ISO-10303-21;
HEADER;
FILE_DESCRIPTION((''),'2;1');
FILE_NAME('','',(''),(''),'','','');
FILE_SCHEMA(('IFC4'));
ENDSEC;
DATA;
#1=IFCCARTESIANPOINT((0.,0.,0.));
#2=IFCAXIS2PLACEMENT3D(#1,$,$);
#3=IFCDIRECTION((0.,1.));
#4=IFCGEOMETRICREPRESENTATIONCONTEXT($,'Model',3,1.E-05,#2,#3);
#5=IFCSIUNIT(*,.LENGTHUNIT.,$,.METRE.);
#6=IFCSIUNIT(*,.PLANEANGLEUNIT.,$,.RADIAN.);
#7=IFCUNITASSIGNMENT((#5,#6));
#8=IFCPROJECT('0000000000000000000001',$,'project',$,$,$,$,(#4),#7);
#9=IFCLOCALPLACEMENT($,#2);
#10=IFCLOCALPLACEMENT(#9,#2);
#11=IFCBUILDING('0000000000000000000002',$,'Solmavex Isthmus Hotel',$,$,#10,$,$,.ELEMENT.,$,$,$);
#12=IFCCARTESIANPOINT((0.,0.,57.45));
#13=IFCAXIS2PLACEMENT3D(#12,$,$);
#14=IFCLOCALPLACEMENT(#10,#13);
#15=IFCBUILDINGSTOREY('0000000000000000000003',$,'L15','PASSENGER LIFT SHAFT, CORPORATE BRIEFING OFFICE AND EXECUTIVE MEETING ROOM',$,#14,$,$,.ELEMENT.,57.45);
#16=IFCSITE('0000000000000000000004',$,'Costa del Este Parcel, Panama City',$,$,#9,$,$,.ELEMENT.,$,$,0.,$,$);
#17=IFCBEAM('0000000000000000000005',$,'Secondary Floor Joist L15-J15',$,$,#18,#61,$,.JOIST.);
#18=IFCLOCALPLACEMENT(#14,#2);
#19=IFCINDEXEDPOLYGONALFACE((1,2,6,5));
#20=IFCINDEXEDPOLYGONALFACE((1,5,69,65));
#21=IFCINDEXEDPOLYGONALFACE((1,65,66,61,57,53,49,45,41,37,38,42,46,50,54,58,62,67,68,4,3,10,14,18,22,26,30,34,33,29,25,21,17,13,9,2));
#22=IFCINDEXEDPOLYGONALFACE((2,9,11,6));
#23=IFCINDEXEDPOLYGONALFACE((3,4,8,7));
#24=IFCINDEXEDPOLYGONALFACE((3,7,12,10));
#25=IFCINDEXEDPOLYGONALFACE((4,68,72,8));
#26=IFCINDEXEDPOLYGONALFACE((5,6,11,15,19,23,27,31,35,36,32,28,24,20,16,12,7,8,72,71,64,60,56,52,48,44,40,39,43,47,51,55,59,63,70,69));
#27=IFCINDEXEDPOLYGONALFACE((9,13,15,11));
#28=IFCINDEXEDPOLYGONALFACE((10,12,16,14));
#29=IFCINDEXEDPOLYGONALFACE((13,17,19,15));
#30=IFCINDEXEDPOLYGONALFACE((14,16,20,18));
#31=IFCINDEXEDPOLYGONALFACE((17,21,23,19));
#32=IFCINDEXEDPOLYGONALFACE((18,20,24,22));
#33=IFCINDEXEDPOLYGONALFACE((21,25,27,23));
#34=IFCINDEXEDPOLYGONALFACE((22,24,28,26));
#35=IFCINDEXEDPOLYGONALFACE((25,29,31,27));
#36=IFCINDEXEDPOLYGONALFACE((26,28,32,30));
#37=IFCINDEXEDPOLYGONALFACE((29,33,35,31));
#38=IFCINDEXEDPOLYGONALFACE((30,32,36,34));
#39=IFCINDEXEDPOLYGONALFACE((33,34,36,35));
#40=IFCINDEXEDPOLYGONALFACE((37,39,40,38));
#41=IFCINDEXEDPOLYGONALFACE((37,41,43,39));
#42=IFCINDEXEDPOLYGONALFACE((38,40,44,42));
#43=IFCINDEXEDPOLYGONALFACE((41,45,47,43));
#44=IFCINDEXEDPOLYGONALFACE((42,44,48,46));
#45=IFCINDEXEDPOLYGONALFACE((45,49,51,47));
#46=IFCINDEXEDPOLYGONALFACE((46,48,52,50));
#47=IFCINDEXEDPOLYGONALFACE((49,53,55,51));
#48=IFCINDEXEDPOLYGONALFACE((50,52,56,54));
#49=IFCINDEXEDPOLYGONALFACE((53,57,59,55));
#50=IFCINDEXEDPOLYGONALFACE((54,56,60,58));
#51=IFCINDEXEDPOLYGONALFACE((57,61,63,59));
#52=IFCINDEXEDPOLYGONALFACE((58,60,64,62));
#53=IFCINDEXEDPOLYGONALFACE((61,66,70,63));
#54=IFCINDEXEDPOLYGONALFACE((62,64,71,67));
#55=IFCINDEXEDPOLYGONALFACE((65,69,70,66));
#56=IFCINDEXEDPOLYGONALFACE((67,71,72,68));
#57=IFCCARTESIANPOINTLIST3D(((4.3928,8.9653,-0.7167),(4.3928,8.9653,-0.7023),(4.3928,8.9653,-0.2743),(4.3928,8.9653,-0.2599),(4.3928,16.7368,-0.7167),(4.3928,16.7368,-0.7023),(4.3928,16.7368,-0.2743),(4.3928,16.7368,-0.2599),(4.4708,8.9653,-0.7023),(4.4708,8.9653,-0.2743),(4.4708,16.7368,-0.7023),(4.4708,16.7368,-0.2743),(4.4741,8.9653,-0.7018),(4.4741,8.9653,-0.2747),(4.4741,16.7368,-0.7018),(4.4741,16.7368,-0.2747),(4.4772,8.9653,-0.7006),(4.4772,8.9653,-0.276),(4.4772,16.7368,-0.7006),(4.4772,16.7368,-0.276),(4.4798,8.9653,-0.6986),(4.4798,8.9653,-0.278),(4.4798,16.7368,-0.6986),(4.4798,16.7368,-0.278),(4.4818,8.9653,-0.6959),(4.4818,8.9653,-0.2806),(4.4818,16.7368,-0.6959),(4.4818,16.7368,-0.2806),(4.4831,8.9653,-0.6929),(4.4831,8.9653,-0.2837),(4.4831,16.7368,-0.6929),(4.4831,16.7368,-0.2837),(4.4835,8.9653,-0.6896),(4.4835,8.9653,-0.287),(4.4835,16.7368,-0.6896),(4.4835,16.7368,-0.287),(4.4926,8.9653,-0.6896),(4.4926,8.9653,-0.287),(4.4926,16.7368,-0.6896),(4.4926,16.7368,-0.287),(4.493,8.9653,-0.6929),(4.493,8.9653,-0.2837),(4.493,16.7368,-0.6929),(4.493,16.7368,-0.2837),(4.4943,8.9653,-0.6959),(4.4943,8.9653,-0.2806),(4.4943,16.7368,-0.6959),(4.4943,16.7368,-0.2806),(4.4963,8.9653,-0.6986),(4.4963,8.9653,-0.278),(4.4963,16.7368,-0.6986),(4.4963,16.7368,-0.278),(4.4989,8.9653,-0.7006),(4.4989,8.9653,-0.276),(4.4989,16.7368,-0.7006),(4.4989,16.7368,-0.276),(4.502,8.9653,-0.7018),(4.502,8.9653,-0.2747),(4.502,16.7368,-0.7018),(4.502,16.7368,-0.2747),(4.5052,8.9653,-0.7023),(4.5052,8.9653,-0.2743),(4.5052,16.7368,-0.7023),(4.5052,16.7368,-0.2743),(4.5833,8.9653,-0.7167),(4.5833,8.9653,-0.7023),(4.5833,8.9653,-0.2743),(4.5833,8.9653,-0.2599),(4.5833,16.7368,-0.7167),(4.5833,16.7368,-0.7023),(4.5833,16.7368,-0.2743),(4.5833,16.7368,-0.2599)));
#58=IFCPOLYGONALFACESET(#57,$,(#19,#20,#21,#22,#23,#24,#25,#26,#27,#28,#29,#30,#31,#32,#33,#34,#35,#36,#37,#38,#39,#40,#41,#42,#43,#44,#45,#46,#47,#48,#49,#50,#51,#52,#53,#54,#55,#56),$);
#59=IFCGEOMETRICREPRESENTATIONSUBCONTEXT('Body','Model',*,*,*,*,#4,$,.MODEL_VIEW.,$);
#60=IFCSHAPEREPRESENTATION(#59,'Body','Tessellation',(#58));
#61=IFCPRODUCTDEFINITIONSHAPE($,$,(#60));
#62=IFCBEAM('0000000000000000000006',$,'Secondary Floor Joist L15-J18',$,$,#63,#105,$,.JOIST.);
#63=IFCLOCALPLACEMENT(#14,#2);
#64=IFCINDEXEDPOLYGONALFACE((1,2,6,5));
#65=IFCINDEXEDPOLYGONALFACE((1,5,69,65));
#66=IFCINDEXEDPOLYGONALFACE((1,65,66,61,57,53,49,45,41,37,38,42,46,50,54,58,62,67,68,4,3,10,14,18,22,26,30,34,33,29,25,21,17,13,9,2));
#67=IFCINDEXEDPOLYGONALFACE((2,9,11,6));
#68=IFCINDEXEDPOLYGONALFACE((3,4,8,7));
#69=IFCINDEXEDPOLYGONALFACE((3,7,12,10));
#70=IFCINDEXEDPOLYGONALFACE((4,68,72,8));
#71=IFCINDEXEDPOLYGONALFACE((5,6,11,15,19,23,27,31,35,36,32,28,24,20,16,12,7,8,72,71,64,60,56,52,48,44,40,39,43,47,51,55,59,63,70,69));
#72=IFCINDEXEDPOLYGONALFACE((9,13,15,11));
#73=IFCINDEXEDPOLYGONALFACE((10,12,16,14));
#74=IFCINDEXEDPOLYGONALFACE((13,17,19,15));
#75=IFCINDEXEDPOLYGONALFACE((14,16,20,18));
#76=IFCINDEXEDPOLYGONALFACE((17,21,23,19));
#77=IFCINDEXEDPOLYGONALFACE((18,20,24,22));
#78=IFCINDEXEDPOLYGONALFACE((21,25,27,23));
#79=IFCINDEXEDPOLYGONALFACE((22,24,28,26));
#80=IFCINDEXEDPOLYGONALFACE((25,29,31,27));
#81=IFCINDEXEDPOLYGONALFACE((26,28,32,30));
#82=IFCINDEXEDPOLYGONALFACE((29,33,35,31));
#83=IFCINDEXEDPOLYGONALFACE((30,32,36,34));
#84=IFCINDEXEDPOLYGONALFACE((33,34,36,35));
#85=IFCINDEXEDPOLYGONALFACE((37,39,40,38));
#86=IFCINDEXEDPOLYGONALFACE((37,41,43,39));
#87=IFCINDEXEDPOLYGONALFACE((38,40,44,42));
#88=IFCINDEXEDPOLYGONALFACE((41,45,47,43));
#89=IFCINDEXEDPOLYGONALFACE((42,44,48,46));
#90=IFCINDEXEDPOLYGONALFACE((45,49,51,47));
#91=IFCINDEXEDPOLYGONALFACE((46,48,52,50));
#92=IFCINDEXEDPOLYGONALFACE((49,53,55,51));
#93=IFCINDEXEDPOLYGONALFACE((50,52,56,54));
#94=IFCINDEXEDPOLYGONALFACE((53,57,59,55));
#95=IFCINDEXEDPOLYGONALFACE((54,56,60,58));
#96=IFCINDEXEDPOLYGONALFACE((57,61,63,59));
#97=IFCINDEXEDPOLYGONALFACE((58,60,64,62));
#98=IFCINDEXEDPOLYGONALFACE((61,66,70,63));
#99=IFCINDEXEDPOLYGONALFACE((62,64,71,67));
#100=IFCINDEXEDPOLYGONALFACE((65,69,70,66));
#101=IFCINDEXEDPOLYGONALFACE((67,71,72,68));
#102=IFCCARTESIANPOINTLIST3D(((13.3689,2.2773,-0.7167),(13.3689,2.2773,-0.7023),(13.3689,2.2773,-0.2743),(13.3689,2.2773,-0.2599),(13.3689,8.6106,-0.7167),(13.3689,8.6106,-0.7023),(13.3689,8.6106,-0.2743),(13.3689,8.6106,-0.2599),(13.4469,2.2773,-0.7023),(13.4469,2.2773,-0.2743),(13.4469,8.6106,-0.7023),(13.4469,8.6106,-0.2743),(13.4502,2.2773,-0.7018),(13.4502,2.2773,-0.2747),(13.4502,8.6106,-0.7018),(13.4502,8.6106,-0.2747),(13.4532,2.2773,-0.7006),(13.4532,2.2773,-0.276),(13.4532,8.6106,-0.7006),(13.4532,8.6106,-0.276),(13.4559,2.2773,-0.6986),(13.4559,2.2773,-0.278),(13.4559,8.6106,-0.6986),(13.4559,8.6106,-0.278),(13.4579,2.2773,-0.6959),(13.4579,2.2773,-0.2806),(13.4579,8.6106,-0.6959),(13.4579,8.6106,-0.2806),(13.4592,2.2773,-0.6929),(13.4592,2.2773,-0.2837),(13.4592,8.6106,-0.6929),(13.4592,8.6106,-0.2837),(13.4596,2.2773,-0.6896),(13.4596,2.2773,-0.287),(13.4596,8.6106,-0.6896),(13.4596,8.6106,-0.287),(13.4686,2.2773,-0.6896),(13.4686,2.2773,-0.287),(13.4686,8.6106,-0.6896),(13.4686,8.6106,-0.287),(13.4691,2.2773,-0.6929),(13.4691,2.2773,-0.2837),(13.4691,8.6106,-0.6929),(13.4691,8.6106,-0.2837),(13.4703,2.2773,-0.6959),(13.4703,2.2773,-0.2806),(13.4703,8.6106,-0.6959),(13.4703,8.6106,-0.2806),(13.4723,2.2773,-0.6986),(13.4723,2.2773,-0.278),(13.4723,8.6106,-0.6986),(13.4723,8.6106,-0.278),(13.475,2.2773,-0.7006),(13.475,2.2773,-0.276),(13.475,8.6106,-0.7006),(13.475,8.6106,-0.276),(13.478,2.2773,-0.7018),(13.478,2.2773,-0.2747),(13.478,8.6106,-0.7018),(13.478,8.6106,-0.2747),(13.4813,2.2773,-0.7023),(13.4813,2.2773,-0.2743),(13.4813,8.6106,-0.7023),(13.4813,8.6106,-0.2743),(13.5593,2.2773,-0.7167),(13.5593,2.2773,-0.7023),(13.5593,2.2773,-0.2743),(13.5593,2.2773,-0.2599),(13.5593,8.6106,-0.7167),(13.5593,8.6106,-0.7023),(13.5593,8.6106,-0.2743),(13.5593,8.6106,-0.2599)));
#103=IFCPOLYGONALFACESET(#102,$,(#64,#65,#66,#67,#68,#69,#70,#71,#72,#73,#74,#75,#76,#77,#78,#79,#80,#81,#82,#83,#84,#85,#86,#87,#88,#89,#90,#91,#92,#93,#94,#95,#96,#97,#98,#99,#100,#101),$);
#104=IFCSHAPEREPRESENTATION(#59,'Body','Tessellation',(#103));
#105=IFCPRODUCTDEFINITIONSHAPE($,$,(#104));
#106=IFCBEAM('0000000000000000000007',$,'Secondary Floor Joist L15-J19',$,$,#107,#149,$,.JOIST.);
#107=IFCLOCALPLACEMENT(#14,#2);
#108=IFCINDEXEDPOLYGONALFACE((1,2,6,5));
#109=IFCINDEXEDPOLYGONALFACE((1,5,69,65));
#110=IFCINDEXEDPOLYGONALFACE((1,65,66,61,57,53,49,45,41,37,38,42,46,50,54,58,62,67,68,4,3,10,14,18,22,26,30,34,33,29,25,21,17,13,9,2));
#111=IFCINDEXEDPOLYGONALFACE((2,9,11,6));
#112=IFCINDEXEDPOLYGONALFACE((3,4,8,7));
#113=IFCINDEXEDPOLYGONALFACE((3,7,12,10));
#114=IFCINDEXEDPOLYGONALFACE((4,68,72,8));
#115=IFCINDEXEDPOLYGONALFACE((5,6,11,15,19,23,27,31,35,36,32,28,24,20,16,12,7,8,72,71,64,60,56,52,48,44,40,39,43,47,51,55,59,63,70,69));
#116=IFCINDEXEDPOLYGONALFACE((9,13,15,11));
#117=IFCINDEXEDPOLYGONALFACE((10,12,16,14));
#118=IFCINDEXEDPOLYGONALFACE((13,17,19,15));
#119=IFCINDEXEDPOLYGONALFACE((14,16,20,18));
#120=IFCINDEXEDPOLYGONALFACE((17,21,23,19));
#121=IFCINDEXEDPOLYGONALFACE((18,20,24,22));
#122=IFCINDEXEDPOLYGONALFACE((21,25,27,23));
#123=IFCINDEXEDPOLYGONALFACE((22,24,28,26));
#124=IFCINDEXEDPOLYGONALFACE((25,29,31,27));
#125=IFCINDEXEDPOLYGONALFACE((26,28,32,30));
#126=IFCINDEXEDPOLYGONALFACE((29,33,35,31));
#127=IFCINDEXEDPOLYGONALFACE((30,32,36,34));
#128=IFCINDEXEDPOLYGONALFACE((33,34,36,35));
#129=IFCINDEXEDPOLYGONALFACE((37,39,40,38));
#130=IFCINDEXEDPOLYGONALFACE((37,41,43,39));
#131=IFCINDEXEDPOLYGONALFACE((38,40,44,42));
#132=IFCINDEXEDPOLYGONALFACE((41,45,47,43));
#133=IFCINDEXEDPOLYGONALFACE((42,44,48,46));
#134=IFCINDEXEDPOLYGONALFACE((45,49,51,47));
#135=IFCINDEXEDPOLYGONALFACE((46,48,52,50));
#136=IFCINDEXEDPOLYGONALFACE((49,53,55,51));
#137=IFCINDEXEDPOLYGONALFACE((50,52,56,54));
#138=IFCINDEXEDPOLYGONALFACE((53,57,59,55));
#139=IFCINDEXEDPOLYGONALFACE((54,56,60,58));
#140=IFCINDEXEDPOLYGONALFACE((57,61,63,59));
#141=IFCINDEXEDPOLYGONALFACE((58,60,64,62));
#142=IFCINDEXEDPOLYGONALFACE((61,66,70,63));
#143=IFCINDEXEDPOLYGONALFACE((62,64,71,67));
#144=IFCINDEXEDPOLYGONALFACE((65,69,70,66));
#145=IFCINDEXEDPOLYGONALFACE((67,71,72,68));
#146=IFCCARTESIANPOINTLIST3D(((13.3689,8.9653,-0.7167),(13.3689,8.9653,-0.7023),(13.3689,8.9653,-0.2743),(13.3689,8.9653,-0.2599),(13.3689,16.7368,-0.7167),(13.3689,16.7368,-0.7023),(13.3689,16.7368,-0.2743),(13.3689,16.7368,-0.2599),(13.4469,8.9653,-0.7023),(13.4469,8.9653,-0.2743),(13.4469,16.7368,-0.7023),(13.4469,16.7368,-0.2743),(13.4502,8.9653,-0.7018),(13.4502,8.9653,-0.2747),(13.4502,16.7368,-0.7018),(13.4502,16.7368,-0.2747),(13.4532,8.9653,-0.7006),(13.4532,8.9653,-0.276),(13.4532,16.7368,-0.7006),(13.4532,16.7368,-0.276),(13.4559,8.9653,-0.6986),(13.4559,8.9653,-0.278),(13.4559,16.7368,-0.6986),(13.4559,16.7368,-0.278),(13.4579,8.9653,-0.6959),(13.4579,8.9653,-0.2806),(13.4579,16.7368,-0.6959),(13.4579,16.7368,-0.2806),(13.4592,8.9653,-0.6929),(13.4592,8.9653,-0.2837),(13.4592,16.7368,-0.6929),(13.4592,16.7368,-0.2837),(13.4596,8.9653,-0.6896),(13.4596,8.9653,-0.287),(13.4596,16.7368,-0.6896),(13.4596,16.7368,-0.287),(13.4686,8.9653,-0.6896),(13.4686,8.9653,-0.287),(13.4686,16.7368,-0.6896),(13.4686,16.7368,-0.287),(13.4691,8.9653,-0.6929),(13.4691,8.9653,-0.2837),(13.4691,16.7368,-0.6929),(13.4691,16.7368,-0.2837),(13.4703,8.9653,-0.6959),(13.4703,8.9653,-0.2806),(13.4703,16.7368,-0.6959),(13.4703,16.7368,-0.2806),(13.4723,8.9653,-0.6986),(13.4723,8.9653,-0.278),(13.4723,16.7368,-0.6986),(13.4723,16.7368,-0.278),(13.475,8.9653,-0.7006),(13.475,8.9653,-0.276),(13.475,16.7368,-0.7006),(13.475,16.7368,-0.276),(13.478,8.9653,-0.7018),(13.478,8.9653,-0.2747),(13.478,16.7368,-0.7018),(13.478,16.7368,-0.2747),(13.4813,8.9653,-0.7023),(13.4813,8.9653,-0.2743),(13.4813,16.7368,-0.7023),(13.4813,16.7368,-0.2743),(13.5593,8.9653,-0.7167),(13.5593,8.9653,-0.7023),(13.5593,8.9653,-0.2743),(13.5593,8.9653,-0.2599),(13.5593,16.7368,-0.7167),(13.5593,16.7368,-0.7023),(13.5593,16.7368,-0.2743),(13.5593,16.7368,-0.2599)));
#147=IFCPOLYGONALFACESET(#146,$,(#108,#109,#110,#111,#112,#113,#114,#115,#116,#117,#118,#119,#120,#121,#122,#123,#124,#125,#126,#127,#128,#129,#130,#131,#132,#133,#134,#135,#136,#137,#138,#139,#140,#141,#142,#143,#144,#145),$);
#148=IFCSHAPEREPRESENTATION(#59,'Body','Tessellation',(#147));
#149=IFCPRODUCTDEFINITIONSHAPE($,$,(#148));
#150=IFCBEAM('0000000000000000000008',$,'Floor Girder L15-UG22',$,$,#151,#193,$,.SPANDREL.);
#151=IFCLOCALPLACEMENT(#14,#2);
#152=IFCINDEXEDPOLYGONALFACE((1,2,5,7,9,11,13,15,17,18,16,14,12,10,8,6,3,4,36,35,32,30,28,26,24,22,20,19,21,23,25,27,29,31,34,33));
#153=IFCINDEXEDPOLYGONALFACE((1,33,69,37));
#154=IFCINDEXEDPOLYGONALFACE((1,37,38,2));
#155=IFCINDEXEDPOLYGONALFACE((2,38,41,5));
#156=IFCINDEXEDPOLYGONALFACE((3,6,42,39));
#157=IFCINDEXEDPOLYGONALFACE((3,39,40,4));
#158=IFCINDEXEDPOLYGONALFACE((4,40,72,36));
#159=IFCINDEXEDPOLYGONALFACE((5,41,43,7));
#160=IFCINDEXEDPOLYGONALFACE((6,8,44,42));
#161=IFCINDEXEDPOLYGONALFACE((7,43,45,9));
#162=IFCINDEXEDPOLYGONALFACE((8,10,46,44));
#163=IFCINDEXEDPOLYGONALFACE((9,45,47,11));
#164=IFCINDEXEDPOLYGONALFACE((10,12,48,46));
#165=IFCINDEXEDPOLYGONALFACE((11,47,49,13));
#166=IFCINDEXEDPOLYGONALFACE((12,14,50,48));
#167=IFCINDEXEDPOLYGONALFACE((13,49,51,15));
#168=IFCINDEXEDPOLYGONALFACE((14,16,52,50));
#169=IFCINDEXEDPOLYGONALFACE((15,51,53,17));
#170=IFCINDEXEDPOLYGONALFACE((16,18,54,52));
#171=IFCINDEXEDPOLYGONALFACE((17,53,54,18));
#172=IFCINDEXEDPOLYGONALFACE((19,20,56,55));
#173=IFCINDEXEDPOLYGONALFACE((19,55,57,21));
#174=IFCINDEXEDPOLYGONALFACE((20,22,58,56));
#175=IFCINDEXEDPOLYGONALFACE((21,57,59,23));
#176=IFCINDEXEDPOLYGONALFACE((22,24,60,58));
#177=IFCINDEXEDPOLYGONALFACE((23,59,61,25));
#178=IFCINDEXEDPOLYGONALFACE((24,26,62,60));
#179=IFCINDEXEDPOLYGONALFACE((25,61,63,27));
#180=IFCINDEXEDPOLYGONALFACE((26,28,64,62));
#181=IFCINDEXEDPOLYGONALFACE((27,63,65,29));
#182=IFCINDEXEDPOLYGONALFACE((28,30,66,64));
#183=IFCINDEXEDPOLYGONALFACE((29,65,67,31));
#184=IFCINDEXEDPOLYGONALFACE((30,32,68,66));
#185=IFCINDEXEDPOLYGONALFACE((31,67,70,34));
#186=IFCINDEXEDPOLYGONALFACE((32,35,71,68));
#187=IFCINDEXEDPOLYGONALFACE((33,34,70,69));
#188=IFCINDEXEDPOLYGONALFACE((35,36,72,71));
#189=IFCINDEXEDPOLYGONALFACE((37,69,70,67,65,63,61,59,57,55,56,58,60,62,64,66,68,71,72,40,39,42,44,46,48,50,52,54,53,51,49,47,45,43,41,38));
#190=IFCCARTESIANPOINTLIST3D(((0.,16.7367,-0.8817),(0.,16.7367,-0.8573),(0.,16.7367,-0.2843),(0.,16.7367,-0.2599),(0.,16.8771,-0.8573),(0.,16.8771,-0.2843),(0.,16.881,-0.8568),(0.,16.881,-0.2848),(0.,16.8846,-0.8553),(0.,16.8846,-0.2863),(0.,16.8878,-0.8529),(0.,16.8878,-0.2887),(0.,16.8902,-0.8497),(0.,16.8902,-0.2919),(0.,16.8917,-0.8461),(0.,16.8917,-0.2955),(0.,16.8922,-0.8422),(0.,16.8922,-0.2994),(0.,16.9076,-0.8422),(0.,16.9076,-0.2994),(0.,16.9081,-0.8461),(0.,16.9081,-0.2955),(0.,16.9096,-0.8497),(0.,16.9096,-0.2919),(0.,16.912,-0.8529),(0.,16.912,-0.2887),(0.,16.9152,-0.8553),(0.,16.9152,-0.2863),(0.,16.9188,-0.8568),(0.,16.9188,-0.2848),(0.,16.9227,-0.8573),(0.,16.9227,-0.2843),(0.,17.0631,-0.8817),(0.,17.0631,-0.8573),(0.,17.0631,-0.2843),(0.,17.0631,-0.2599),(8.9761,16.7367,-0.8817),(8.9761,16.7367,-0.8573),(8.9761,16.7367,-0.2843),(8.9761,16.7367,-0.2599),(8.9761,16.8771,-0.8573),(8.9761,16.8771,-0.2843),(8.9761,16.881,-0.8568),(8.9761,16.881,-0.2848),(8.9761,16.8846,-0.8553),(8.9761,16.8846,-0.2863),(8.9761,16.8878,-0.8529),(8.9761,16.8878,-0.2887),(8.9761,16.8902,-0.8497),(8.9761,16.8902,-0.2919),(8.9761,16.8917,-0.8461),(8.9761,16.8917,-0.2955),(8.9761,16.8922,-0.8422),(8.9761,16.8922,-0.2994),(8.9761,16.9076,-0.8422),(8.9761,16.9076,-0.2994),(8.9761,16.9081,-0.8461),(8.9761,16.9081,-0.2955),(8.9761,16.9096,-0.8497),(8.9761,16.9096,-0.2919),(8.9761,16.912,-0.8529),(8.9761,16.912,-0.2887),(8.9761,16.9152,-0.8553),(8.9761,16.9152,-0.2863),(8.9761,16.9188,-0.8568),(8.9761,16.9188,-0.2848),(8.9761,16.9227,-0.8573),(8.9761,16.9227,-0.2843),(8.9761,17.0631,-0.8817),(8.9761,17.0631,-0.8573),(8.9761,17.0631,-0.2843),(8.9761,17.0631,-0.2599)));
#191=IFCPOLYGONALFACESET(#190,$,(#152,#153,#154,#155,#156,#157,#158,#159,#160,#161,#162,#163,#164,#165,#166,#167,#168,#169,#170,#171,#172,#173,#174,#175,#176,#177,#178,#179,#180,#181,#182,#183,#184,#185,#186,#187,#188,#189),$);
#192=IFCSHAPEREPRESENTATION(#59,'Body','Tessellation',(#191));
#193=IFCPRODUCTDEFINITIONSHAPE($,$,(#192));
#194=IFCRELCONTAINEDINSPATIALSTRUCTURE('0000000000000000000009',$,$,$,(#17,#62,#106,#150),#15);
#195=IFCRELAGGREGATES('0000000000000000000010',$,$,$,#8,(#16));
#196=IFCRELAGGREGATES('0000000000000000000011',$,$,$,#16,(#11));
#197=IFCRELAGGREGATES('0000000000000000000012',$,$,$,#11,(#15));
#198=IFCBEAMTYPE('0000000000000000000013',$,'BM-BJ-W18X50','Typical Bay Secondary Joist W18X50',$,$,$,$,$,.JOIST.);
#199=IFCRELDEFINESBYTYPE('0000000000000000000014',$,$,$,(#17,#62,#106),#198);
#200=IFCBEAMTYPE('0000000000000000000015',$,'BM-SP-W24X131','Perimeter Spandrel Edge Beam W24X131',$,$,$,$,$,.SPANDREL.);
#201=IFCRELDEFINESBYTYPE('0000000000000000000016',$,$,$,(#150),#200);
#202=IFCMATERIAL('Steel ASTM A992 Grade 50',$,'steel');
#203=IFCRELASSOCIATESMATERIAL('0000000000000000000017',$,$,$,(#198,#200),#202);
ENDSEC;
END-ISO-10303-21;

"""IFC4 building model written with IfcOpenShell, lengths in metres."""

from ifc_helpers import new_model, si_unit, direction, frame, origin, origin_2d, place, context, subcontext, project, spatial, i_section, extrude, material, material_profile, profile_set, type_object, element, save


model = new_model("IFC4")

# Units and contexts
model_context = context("Model", 3, precision=1e-05, world=origin(), true_north=direction((0.0, 1.0)))
body_context = subcontext(model_context, "Body", "Model", "MODEL_VIEW")
ifc_project = project(units=[si_unit("LENGTHUNIT", "METRE"), si_unit("PLANEANGLEUNIT", "RADIAN")], contexts=[model_context])

# Site, building, storey
site_placement = place(None, origin())
site = spatial("IfcSite", under=ifc_project, at=site_placement, Name="Costa del Este Parcel, Panama City", CompositionType="ELEMENT", RefElevation=0.0)
building_placement = place(site_placement, origin())
building = spatial("IfcBuilding", under=site, at=building_placement, Name="Solmavex Isthmus Hotel", CompositionType="ELEMENT")
storey_placement = place(building_placement, frame((0.0, 0.0, 57.45)))
storey = spatial("IfcBuildingStorey", under=building, at=storey_placement, Name="L15", Description="PASSENGER LIFT SHAFT, CORPORATE BRIEFING OFFICE AND EXECUTIVE MEETING ROOM", CompositionType="ELEMENT", Elevation=57.45)

# Beams
ifc_material_1 = material(Name="Steel ASTM A992 Grade 50", Category="steel")
ifc_material_profile_1 = material_profile(ifc_material_1, i_section(OverallWidth=0.1904, OverallDepth=0.4568, WebThickness=0.009, FlangeThickness=0.0144, FilletRadius=0.0127, at=origin_2d()), Name="W18X50")
ifc_profile_set_1 = profile_set([ifc_material_profile_1], Name="Steel ASTM A992 Grade 50")
beam_type_1 = type_object("IfcBeamType", Name="BM-BJ-W18X50", Description="Typical Bay Secondary Joist W18X50", PredefinedType="JOIST", material=ifc_profile_set_1)
beam_1_placement = place(storey_placement, frame((4.488, 8.9653, -0.4883), z_axis=(0.0, 1.0, 0.0), x_axis=(-1.0, 0.0, 0.0)))
element("IfcBeam", 1, at=beam_1_placement, inside=storey, type_object=beam_type_1, Name="Secondary Floor Joist L15-J15", PredefinedType="JOIST", context=body_context, shape_type="SweptSolid", body=[
    extrude(i_section(OverallWidth=0.1904, OverallDepth=0.4568, WebThickness=0.009, FlangeThickness=0.0144, FilletRadius=0.0127, at=origin_2d()), origin(), (0.0, 0.0, 1.0), 7.7715),
])
beam_2_placement = place(storey_placement, frame((13.4641, 2.2773, -0.4883), z_axis=(0.0, 1.0, 0.0), x_axis=(-1.0, 0.0, 0.0)))
element("IfcBeam", 2, at=beam_2_placement, inside=storey, type_object=beam_type_1, Name="Secondary Floor Joist L15-J18", PredefinedType="JOIST", context=body_context, shape_type="SweptSolid", body=[
    extrude(i_section(OverallWidth=0.1904, OverallDepth=0.4568, WebThickness=0.009, FlangeThickness=0.0144, FilletRadius=0.0127, at=origin_2d()), origin(), (0.0, 0.0, 1.0), 6.3333),
])
beam_3_placement = place(storey_placement, frame((13.4641, 8.9653, -0.4883), z_axis=(0.0, 1.0, 0.0), x_axis=(-1.0, 0.0, 0.0)))
element("IfcBeam", 3, at=beam_3_placement, inside=storey, type_object=beam_type_1, Name="Secondary Floor Joist L15-J19", PredefinedType="JOIST", context=body_context, shape_type="SweptSolid", body=[
    extrude(i_section(OverallWidth=0.1904, OverallDepth=0.4568, WebThickness=0.009, FlangeThickness=0.0144, FilletRadius=0.0127, at=origin_2d()), origin(), (0.0, 0.0, 1.0), 7.7715),
])
ifc_material_profile_2 = material_profile(ifc_material_1, i_section(OverallWidth=0.3264, OverallDepth=0.6218, WebThickness=0.0154, FlangeThickness=0.0244, FilletRadius=0.0151, at=origin_2d()), Name="W24X131")
ifc_profile_set_2 = profile_set([ifc_material_profile_2], Name="Steel ASTM A992 Grade 50")
beam_type_2 = type_object("IfcBeamType", Name="BM-SP-W24X131", Description="Perimeter Spandrel Edge Beam W24X131", PredefinedType="SPANDREL", material=ifc_profile_set_2)
beam_4_placement = place(storey_placement, frame((0.0, 16.8999, -0.5708), z_axis=(1.0, 0.0, 0.0), x_axis=(0.0, 1.0, 0.0)))
element("IfcBeam", 4, at=beam_4_placement, inside=storey, type_object=beam_type_2, Name="Floor Girder L15-UG22", PredefinedType="SPANDREL", context=body_context, shape_type="SweptSolid", body=[
    extrude(i_section(OverallWidth=0.3264, OverallDepth=0.6218, WebThickness=0.0154, FlangeThickness=0.0244, FilletRadius=0.0151, at=origin_2d()), origin(), (0.0, 0.0, 1.0), 8.9761),
])

save(model, "model.ifc")
